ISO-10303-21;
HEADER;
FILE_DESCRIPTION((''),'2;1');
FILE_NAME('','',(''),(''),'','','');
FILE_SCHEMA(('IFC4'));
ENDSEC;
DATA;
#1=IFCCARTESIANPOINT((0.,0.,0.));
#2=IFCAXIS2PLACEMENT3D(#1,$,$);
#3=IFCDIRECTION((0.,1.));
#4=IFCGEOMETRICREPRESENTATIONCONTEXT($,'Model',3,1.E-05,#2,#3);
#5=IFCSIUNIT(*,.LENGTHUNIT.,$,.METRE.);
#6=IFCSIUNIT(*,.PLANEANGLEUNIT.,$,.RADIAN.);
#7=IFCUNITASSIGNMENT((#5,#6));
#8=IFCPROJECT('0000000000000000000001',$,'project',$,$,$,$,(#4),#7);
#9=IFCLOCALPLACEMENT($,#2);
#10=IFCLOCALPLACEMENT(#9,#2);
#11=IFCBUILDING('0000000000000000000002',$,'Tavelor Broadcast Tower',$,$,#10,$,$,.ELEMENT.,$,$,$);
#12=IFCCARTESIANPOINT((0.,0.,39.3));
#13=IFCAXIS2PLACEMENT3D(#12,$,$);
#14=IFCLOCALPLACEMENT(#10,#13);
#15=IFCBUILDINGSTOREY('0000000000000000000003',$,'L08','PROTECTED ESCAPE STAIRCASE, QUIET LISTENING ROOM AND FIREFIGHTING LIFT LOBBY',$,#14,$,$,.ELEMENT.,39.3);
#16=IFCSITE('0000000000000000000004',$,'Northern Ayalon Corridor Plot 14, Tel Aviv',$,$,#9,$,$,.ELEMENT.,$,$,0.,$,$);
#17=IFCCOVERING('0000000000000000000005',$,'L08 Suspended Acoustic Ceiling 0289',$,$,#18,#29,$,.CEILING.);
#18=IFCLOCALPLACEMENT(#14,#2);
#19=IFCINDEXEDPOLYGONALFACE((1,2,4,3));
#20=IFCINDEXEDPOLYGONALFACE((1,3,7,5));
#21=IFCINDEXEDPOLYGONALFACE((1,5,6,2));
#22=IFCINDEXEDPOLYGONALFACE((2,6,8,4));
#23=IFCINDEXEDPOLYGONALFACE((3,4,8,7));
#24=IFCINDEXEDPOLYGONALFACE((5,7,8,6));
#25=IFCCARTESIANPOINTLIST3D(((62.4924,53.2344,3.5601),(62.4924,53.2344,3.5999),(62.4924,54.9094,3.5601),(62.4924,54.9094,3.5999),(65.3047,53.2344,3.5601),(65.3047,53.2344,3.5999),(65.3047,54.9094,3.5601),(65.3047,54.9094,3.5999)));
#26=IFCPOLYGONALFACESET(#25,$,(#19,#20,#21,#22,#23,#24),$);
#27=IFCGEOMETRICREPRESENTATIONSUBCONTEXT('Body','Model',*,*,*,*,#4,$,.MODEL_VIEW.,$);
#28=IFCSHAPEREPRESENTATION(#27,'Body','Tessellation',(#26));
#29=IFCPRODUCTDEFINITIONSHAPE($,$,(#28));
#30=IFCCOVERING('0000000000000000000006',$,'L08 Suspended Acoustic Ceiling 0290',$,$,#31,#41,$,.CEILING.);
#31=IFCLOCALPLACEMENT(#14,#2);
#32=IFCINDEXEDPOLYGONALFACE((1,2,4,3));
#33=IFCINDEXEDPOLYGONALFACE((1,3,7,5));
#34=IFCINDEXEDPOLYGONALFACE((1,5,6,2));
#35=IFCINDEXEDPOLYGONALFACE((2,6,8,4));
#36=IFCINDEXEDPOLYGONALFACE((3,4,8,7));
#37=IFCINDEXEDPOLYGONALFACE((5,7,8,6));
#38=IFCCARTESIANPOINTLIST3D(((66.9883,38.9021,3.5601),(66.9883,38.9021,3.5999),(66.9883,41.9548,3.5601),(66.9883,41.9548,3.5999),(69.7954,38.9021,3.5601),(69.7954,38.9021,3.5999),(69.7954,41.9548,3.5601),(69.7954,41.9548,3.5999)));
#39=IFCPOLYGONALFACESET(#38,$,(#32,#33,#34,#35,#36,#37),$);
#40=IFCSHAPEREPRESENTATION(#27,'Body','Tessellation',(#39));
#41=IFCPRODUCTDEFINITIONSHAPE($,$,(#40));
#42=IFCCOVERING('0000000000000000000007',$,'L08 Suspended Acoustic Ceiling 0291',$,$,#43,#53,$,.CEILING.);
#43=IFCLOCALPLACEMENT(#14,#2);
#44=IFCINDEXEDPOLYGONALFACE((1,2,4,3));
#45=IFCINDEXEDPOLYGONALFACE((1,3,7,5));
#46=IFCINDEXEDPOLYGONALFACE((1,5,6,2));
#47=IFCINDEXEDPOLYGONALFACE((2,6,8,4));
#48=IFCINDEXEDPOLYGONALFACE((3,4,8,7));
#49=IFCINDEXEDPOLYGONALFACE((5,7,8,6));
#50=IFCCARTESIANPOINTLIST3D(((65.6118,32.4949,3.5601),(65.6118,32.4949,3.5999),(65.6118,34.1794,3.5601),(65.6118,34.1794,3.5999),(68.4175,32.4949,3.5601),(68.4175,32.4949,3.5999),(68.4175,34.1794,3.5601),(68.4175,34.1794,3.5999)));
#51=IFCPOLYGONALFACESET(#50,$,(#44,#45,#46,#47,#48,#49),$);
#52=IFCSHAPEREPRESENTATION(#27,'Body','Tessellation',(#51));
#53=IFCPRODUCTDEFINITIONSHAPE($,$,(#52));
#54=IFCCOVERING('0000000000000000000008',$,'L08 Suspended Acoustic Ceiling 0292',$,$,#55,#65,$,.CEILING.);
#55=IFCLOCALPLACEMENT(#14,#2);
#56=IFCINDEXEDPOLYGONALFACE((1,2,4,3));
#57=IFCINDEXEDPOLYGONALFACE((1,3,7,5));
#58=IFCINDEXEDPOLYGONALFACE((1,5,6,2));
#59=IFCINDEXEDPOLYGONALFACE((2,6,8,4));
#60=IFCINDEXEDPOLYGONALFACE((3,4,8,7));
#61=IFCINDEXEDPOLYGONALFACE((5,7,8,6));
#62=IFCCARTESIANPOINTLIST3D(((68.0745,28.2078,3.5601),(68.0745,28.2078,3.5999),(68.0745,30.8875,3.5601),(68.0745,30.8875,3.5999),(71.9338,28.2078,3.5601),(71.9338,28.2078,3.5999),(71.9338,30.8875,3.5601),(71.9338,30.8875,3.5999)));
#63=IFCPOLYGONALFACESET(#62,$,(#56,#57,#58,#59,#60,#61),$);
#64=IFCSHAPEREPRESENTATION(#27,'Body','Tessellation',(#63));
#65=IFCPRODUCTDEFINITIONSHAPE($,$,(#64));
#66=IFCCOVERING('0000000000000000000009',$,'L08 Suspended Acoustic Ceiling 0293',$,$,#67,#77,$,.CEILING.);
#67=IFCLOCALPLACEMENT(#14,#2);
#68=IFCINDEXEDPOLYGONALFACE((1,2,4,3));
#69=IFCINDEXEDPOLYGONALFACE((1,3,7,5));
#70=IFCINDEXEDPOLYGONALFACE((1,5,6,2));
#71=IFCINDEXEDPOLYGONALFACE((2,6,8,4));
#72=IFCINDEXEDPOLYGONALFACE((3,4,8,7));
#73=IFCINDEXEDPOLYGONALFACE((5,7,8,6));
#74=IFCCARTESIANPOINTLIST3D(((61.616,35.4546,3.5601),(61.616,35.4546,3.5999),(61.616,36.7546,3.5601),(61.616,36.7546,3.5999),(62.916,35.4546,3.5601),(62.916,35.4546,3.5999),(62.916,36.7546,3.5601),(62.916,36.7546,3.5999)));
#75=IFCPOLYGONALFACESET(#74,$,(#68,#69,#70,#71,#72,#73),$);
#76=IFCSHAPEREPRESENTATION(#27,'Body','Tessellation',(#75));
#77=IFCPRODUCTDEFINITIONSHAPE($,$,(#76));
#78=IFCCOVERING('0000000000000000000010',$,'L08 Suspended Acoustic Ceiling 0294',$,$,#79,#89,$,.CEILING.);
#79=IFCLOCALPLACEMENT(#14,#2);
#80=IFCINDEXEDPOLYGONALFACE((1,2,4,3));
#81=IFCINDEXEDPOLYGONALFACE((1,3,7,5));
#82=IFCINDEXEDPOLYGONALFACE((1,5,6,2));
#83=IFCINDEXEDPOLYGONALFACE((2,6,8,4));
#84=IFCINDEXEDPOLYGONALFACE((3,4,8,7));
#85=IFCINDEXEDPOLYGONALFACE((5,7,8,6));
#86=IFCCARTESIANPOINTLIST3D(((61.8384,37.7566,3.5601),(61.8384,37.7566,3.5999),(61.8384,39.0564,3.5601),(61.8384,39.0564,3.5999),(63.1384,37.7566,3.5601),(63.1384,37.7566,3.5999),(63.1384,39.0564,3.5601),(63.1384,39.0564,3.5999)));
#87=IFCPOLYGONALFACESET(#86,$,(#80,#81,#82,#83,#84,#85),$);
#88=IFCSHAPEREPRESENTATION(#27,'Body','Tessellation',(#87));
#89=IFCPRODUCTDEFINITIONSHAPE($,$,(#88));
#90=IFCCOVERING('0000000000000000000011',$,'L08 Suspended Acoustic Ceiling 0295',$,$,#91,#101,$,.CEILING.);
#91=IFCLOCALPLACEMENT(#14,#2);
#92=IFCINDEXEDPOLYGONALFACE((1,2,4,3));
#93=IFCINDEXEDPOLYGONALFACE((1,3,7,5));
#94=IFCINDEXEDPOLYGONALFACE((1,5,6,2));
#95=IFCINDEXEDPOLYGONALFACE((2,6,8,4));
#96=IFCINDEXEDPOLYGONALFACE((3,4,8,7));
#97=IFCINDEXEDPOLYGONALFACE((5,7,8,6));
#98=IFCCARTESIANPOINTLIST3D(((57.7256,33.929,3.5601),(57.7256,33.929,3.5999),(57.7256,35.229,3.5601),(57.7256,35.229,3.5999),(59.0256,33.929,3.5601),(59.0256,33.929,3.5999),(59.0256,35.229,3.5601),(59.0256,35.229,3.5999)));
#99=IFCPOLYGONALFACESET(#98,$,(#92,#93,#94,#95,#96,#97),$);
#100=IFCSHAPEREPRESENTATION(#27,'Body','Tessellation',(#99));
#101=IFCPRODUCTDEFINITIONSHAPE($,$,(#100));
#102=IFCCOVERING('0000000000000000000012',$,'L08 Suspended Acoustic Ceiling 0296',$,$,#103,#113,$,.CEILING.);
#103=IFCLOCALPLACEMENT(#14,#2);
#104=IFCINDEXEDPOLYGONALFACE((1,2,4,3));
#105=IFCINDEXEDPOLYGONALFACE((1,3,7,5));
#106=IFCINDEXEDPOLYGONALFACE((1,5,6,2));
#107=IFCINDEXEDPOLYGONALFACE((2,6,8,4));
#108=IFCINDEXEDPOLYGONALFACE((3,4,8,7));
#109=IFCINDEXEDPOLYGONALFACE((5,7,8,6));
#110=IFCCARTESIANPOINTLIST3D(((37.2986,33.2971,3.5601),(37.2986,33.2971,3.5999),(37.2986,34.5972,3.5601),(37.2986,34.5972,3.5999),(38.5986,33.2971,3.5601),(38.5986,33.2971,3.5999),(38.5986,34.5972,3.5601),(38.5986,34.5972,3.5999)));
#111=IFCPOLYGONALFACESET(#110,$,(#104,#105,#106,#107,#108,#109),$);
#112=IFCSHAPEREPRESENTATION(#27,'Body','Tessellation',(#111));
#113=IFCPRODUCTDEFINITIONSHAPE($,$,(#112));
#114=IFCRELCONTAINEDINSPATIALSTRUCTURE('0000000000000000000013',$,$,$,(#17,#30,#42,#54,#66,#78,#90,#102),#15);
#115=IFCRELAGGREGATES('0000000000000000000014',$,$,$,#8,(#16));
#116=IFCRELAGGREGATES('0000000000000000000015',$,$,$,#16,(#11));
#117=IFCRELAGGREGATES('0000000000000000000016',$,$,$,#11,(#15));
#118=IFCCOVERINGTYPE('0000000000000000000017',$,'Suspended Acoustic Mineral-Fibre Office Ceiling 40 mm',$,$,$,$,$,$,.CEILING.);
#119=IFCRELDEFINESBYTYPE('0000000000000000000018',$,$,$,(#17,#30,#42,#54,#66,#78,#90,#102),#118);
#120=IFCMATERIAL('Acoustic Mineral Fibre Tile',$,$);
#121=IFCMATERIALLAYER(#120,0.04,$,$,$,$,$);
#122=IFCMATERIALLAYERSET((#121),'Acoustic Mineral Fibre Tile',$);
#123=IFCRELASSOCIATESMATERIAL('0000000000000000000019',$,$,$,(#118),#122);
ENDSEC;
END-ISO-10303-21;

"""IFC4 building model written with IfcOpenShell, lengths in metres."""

from ifc_helpers import new_model, si_unit, direction, frame, origin, place, context, subcontext, project, spatial, polyline, outline, extrude, material, layer, layer_set, type_object, element, save


model = new_model("IFC4")

# Units and contexts
model_context = context("Model", 3, precision=1e-05, world=origin(), true_north=direction((0.0, 1.0)))
body_context = subcontext(model_context, "Body", "Model", "MODEL_VIEW")
ifc_project = project(units=[si_unit("LENGTHUNIT", "METRE"), si_unit("PLANEANGLEUNIT", "RADIAN")], contexts=[model_context])

# Site, building, storey
site_placement = place(None, origin())
site = spatial("IfcSite", under=ifc_project, at=site_placement, Name="Northern Ayalon Corridor Plot 14, Tel Aviv", CompositionType="ELEMENT", RefElevation=0.0)
building_placement = place(site_placement, origin())
building = spatial("IfcBuilding", under=site, at=building_placement, Name="Tavelor Broadcast Tower", CompositionType="ELEMENT")
storey_placement = place(building_placement, frame((0.0, 0.0, 39.3)))
storey = spatial("IfcBuildingStorey", under=building, at=storey_placement, Name="L08", Description="PROTECTED ESCAPE STAIRCASE, QUIET LISTENING ROOM AND FIREFIGHTING LIFT LOBBY", CompositionType="ELEMENT", Elevation=39.3)

# Coverings
ifc_material_1 = material(Name="Acoustic Mineral Fibre Tile")
ifc_layer_1 = layer(ifc_material_1, 0.04)
ifc_layer_set_1 = layer_set([ifc_layer_1], Name="Acoustic Mineral Fibre Tile")
covering_type_1 = type_object("IfcCoveringType", Name="Suspended Acoustic Mineral-Fibre Office Ceiling 40 mm", PredefinedType="CEILING", material=ifc_layer_set_1)
covering_1_placement = place(storey_placement, frame((0.0, 0.0, 3.5601)))
element("IfcCovering", 1, at=covering_1_placement, inside=storey, type_object=covering_type_1, Name="L08 Suspended Acoustic Ceiling 0289", PredefinedType="CEILING", context=body_context, shape_type="SweptSolid", body=[
    extrude(outline(polyline([(62.4924, 53.2344), (65.3047, 53.2344), (65.3047, 54.9094), (62.4924, 54.9094), (62.4924, 53.2344)])), origin(), (0.0, 0.0, 1.0), 0.0398),
])
covering_2_placement = place(storey_placement, frame((0.0, 0.0, 3.5601)))
element("IfcCovering", 2, at=covering_2_placement, inside=storey, type_object=covering_type_1, Name="L08 Suspended Acoustic Ceiling 0290", PredefinedType="CEILING", context=body_context, shape_type="SweptSolid", body=[
    extrude(outline(polyline([(66.9883, 38.9021), (69.7954, 38.9021), (69.7954, 41.9548), (66.9883, 41.9548), (66.9883, 38.9021)])), origin(), (0.0, 0.0, 1.0), 0.0398),
])
covering_3_placement = place(storey_placement, frame((0.0, 0.0, 3.5601)))
element("IfcCovering", 3, at=covering_3_placement, inside=storey, type_object=covering_type_1, Name="L08 Suspended Acoustic Ceiling 0291", PredefinedType="CEILING", context=body_context, shape_type="SweptSolid", body=[
    extrude(outline(polyline([(65.6118, 32.4949), (68.4175, 32.4949), (68.4175, 34.1794), (65.6118, 34.1794), (65.6118, 32.4949)])), origin(), (0.0, 0.0, 1.0), 0.0398),
])
covering_4_placement = place(storey_placement, frame((0.0, 0.0, 3.5601)))
element("IfcCovering", 4, at=covering_4_placement, inside=storey, type_object=covering_type_1, Name="L08 Suspended Acoustic Ceiling 0292", PredefinedType="CEILING", context=body_context, shape_type="SweptSolid", body=[
    extrude(outline(polyline([(68.0745, 28.2078), (71.9338, 28.2078), (71.9338, 30.8875), (68.0745, 30.8875), (68.0745, 28.2078)])), origin(), (0.0, 0.0, 1.0), 0.0398),
])
covering_5_placement = place(storey_placement, frame((0.0, 0.0, 3.5601)))
element("IfcCovering", 5, at=covering_5_placement, inside=storey, type_object=covering_type_1, Name="L08 Suspended Acoustic Ceiling 0293", PredefinedType="CEILING", context=body_context, shape_type="SweptSolid", body=[
    extrude(outline(polyline([(61.616, 35.4546), (62.916, 35.4546), (62.916, 36.7546), (61.616, 36.7546), (61.616, 35.4546)])), origin(), (0.0, 0.0, 1.0), 0.0398),
])
covering_6_placement = place(storey_placement, frame((0.0, 0.0, 3.5601)))
element("IfcCovering", 6, at=covering_6_placement, inside=storey, type_object=covering_type_1, Name="L08 Suspended Acoustic Ceiling 0294", PredefinedType="CEILING", context=body_context, shape_type="SweptSolid", body=[
    extrude(outline(polyline([(61.8384, 37.7566), (63.1384, 37.7566), (63.1384, 39.0564), (61.8384, 39.0564), (61.8384, 37.7566)])), origin(), (0.0, 0.0, 1.0), 0.0398),
])
covering_7_placement = place(storey_placement, frame((0.0, 0.0, 3.5601)))
element("IfcCovering", 7, at=covering_7_placement, inside=storey, type_object=covering_type_1, Name="L08 Suspended Acoustic Ceiling 0295", PredefinedType="CEILING", context=body_context, shape_type="SweptSolid", body=[
    extrude(outline(polyline([(57.7256, 33.929), (59.0256, 33.929), (59.0256, 35.229), (57.7256, 35.229), (57.7256, 33.929)])), origin(), (0.0, 0.0, 1.0), 0.0398),
])
covering_8_placement = place(storey_placement, frame((0.0, 0.0, 3.5601)))
element("IfcCovering", 8, at=covering_8_placement, inside=storey, type_object=covering_type_1, Name="L08 Suspended Acoustic Ceiling 0296", PredefinedType="CEILING", context=body_context, shape_type="SweptSolid", body=[
    extrude(outline(polyline([(37.2986, 33.2971), (38.5986, 33.2971), (38.5986, 34.5972), (37.2986, 34.5972), (37.2986, 33.2971)])), origin(), (0.0, 0.0, 1.0), 0.0398),
])

save(model, "model.ifc")
